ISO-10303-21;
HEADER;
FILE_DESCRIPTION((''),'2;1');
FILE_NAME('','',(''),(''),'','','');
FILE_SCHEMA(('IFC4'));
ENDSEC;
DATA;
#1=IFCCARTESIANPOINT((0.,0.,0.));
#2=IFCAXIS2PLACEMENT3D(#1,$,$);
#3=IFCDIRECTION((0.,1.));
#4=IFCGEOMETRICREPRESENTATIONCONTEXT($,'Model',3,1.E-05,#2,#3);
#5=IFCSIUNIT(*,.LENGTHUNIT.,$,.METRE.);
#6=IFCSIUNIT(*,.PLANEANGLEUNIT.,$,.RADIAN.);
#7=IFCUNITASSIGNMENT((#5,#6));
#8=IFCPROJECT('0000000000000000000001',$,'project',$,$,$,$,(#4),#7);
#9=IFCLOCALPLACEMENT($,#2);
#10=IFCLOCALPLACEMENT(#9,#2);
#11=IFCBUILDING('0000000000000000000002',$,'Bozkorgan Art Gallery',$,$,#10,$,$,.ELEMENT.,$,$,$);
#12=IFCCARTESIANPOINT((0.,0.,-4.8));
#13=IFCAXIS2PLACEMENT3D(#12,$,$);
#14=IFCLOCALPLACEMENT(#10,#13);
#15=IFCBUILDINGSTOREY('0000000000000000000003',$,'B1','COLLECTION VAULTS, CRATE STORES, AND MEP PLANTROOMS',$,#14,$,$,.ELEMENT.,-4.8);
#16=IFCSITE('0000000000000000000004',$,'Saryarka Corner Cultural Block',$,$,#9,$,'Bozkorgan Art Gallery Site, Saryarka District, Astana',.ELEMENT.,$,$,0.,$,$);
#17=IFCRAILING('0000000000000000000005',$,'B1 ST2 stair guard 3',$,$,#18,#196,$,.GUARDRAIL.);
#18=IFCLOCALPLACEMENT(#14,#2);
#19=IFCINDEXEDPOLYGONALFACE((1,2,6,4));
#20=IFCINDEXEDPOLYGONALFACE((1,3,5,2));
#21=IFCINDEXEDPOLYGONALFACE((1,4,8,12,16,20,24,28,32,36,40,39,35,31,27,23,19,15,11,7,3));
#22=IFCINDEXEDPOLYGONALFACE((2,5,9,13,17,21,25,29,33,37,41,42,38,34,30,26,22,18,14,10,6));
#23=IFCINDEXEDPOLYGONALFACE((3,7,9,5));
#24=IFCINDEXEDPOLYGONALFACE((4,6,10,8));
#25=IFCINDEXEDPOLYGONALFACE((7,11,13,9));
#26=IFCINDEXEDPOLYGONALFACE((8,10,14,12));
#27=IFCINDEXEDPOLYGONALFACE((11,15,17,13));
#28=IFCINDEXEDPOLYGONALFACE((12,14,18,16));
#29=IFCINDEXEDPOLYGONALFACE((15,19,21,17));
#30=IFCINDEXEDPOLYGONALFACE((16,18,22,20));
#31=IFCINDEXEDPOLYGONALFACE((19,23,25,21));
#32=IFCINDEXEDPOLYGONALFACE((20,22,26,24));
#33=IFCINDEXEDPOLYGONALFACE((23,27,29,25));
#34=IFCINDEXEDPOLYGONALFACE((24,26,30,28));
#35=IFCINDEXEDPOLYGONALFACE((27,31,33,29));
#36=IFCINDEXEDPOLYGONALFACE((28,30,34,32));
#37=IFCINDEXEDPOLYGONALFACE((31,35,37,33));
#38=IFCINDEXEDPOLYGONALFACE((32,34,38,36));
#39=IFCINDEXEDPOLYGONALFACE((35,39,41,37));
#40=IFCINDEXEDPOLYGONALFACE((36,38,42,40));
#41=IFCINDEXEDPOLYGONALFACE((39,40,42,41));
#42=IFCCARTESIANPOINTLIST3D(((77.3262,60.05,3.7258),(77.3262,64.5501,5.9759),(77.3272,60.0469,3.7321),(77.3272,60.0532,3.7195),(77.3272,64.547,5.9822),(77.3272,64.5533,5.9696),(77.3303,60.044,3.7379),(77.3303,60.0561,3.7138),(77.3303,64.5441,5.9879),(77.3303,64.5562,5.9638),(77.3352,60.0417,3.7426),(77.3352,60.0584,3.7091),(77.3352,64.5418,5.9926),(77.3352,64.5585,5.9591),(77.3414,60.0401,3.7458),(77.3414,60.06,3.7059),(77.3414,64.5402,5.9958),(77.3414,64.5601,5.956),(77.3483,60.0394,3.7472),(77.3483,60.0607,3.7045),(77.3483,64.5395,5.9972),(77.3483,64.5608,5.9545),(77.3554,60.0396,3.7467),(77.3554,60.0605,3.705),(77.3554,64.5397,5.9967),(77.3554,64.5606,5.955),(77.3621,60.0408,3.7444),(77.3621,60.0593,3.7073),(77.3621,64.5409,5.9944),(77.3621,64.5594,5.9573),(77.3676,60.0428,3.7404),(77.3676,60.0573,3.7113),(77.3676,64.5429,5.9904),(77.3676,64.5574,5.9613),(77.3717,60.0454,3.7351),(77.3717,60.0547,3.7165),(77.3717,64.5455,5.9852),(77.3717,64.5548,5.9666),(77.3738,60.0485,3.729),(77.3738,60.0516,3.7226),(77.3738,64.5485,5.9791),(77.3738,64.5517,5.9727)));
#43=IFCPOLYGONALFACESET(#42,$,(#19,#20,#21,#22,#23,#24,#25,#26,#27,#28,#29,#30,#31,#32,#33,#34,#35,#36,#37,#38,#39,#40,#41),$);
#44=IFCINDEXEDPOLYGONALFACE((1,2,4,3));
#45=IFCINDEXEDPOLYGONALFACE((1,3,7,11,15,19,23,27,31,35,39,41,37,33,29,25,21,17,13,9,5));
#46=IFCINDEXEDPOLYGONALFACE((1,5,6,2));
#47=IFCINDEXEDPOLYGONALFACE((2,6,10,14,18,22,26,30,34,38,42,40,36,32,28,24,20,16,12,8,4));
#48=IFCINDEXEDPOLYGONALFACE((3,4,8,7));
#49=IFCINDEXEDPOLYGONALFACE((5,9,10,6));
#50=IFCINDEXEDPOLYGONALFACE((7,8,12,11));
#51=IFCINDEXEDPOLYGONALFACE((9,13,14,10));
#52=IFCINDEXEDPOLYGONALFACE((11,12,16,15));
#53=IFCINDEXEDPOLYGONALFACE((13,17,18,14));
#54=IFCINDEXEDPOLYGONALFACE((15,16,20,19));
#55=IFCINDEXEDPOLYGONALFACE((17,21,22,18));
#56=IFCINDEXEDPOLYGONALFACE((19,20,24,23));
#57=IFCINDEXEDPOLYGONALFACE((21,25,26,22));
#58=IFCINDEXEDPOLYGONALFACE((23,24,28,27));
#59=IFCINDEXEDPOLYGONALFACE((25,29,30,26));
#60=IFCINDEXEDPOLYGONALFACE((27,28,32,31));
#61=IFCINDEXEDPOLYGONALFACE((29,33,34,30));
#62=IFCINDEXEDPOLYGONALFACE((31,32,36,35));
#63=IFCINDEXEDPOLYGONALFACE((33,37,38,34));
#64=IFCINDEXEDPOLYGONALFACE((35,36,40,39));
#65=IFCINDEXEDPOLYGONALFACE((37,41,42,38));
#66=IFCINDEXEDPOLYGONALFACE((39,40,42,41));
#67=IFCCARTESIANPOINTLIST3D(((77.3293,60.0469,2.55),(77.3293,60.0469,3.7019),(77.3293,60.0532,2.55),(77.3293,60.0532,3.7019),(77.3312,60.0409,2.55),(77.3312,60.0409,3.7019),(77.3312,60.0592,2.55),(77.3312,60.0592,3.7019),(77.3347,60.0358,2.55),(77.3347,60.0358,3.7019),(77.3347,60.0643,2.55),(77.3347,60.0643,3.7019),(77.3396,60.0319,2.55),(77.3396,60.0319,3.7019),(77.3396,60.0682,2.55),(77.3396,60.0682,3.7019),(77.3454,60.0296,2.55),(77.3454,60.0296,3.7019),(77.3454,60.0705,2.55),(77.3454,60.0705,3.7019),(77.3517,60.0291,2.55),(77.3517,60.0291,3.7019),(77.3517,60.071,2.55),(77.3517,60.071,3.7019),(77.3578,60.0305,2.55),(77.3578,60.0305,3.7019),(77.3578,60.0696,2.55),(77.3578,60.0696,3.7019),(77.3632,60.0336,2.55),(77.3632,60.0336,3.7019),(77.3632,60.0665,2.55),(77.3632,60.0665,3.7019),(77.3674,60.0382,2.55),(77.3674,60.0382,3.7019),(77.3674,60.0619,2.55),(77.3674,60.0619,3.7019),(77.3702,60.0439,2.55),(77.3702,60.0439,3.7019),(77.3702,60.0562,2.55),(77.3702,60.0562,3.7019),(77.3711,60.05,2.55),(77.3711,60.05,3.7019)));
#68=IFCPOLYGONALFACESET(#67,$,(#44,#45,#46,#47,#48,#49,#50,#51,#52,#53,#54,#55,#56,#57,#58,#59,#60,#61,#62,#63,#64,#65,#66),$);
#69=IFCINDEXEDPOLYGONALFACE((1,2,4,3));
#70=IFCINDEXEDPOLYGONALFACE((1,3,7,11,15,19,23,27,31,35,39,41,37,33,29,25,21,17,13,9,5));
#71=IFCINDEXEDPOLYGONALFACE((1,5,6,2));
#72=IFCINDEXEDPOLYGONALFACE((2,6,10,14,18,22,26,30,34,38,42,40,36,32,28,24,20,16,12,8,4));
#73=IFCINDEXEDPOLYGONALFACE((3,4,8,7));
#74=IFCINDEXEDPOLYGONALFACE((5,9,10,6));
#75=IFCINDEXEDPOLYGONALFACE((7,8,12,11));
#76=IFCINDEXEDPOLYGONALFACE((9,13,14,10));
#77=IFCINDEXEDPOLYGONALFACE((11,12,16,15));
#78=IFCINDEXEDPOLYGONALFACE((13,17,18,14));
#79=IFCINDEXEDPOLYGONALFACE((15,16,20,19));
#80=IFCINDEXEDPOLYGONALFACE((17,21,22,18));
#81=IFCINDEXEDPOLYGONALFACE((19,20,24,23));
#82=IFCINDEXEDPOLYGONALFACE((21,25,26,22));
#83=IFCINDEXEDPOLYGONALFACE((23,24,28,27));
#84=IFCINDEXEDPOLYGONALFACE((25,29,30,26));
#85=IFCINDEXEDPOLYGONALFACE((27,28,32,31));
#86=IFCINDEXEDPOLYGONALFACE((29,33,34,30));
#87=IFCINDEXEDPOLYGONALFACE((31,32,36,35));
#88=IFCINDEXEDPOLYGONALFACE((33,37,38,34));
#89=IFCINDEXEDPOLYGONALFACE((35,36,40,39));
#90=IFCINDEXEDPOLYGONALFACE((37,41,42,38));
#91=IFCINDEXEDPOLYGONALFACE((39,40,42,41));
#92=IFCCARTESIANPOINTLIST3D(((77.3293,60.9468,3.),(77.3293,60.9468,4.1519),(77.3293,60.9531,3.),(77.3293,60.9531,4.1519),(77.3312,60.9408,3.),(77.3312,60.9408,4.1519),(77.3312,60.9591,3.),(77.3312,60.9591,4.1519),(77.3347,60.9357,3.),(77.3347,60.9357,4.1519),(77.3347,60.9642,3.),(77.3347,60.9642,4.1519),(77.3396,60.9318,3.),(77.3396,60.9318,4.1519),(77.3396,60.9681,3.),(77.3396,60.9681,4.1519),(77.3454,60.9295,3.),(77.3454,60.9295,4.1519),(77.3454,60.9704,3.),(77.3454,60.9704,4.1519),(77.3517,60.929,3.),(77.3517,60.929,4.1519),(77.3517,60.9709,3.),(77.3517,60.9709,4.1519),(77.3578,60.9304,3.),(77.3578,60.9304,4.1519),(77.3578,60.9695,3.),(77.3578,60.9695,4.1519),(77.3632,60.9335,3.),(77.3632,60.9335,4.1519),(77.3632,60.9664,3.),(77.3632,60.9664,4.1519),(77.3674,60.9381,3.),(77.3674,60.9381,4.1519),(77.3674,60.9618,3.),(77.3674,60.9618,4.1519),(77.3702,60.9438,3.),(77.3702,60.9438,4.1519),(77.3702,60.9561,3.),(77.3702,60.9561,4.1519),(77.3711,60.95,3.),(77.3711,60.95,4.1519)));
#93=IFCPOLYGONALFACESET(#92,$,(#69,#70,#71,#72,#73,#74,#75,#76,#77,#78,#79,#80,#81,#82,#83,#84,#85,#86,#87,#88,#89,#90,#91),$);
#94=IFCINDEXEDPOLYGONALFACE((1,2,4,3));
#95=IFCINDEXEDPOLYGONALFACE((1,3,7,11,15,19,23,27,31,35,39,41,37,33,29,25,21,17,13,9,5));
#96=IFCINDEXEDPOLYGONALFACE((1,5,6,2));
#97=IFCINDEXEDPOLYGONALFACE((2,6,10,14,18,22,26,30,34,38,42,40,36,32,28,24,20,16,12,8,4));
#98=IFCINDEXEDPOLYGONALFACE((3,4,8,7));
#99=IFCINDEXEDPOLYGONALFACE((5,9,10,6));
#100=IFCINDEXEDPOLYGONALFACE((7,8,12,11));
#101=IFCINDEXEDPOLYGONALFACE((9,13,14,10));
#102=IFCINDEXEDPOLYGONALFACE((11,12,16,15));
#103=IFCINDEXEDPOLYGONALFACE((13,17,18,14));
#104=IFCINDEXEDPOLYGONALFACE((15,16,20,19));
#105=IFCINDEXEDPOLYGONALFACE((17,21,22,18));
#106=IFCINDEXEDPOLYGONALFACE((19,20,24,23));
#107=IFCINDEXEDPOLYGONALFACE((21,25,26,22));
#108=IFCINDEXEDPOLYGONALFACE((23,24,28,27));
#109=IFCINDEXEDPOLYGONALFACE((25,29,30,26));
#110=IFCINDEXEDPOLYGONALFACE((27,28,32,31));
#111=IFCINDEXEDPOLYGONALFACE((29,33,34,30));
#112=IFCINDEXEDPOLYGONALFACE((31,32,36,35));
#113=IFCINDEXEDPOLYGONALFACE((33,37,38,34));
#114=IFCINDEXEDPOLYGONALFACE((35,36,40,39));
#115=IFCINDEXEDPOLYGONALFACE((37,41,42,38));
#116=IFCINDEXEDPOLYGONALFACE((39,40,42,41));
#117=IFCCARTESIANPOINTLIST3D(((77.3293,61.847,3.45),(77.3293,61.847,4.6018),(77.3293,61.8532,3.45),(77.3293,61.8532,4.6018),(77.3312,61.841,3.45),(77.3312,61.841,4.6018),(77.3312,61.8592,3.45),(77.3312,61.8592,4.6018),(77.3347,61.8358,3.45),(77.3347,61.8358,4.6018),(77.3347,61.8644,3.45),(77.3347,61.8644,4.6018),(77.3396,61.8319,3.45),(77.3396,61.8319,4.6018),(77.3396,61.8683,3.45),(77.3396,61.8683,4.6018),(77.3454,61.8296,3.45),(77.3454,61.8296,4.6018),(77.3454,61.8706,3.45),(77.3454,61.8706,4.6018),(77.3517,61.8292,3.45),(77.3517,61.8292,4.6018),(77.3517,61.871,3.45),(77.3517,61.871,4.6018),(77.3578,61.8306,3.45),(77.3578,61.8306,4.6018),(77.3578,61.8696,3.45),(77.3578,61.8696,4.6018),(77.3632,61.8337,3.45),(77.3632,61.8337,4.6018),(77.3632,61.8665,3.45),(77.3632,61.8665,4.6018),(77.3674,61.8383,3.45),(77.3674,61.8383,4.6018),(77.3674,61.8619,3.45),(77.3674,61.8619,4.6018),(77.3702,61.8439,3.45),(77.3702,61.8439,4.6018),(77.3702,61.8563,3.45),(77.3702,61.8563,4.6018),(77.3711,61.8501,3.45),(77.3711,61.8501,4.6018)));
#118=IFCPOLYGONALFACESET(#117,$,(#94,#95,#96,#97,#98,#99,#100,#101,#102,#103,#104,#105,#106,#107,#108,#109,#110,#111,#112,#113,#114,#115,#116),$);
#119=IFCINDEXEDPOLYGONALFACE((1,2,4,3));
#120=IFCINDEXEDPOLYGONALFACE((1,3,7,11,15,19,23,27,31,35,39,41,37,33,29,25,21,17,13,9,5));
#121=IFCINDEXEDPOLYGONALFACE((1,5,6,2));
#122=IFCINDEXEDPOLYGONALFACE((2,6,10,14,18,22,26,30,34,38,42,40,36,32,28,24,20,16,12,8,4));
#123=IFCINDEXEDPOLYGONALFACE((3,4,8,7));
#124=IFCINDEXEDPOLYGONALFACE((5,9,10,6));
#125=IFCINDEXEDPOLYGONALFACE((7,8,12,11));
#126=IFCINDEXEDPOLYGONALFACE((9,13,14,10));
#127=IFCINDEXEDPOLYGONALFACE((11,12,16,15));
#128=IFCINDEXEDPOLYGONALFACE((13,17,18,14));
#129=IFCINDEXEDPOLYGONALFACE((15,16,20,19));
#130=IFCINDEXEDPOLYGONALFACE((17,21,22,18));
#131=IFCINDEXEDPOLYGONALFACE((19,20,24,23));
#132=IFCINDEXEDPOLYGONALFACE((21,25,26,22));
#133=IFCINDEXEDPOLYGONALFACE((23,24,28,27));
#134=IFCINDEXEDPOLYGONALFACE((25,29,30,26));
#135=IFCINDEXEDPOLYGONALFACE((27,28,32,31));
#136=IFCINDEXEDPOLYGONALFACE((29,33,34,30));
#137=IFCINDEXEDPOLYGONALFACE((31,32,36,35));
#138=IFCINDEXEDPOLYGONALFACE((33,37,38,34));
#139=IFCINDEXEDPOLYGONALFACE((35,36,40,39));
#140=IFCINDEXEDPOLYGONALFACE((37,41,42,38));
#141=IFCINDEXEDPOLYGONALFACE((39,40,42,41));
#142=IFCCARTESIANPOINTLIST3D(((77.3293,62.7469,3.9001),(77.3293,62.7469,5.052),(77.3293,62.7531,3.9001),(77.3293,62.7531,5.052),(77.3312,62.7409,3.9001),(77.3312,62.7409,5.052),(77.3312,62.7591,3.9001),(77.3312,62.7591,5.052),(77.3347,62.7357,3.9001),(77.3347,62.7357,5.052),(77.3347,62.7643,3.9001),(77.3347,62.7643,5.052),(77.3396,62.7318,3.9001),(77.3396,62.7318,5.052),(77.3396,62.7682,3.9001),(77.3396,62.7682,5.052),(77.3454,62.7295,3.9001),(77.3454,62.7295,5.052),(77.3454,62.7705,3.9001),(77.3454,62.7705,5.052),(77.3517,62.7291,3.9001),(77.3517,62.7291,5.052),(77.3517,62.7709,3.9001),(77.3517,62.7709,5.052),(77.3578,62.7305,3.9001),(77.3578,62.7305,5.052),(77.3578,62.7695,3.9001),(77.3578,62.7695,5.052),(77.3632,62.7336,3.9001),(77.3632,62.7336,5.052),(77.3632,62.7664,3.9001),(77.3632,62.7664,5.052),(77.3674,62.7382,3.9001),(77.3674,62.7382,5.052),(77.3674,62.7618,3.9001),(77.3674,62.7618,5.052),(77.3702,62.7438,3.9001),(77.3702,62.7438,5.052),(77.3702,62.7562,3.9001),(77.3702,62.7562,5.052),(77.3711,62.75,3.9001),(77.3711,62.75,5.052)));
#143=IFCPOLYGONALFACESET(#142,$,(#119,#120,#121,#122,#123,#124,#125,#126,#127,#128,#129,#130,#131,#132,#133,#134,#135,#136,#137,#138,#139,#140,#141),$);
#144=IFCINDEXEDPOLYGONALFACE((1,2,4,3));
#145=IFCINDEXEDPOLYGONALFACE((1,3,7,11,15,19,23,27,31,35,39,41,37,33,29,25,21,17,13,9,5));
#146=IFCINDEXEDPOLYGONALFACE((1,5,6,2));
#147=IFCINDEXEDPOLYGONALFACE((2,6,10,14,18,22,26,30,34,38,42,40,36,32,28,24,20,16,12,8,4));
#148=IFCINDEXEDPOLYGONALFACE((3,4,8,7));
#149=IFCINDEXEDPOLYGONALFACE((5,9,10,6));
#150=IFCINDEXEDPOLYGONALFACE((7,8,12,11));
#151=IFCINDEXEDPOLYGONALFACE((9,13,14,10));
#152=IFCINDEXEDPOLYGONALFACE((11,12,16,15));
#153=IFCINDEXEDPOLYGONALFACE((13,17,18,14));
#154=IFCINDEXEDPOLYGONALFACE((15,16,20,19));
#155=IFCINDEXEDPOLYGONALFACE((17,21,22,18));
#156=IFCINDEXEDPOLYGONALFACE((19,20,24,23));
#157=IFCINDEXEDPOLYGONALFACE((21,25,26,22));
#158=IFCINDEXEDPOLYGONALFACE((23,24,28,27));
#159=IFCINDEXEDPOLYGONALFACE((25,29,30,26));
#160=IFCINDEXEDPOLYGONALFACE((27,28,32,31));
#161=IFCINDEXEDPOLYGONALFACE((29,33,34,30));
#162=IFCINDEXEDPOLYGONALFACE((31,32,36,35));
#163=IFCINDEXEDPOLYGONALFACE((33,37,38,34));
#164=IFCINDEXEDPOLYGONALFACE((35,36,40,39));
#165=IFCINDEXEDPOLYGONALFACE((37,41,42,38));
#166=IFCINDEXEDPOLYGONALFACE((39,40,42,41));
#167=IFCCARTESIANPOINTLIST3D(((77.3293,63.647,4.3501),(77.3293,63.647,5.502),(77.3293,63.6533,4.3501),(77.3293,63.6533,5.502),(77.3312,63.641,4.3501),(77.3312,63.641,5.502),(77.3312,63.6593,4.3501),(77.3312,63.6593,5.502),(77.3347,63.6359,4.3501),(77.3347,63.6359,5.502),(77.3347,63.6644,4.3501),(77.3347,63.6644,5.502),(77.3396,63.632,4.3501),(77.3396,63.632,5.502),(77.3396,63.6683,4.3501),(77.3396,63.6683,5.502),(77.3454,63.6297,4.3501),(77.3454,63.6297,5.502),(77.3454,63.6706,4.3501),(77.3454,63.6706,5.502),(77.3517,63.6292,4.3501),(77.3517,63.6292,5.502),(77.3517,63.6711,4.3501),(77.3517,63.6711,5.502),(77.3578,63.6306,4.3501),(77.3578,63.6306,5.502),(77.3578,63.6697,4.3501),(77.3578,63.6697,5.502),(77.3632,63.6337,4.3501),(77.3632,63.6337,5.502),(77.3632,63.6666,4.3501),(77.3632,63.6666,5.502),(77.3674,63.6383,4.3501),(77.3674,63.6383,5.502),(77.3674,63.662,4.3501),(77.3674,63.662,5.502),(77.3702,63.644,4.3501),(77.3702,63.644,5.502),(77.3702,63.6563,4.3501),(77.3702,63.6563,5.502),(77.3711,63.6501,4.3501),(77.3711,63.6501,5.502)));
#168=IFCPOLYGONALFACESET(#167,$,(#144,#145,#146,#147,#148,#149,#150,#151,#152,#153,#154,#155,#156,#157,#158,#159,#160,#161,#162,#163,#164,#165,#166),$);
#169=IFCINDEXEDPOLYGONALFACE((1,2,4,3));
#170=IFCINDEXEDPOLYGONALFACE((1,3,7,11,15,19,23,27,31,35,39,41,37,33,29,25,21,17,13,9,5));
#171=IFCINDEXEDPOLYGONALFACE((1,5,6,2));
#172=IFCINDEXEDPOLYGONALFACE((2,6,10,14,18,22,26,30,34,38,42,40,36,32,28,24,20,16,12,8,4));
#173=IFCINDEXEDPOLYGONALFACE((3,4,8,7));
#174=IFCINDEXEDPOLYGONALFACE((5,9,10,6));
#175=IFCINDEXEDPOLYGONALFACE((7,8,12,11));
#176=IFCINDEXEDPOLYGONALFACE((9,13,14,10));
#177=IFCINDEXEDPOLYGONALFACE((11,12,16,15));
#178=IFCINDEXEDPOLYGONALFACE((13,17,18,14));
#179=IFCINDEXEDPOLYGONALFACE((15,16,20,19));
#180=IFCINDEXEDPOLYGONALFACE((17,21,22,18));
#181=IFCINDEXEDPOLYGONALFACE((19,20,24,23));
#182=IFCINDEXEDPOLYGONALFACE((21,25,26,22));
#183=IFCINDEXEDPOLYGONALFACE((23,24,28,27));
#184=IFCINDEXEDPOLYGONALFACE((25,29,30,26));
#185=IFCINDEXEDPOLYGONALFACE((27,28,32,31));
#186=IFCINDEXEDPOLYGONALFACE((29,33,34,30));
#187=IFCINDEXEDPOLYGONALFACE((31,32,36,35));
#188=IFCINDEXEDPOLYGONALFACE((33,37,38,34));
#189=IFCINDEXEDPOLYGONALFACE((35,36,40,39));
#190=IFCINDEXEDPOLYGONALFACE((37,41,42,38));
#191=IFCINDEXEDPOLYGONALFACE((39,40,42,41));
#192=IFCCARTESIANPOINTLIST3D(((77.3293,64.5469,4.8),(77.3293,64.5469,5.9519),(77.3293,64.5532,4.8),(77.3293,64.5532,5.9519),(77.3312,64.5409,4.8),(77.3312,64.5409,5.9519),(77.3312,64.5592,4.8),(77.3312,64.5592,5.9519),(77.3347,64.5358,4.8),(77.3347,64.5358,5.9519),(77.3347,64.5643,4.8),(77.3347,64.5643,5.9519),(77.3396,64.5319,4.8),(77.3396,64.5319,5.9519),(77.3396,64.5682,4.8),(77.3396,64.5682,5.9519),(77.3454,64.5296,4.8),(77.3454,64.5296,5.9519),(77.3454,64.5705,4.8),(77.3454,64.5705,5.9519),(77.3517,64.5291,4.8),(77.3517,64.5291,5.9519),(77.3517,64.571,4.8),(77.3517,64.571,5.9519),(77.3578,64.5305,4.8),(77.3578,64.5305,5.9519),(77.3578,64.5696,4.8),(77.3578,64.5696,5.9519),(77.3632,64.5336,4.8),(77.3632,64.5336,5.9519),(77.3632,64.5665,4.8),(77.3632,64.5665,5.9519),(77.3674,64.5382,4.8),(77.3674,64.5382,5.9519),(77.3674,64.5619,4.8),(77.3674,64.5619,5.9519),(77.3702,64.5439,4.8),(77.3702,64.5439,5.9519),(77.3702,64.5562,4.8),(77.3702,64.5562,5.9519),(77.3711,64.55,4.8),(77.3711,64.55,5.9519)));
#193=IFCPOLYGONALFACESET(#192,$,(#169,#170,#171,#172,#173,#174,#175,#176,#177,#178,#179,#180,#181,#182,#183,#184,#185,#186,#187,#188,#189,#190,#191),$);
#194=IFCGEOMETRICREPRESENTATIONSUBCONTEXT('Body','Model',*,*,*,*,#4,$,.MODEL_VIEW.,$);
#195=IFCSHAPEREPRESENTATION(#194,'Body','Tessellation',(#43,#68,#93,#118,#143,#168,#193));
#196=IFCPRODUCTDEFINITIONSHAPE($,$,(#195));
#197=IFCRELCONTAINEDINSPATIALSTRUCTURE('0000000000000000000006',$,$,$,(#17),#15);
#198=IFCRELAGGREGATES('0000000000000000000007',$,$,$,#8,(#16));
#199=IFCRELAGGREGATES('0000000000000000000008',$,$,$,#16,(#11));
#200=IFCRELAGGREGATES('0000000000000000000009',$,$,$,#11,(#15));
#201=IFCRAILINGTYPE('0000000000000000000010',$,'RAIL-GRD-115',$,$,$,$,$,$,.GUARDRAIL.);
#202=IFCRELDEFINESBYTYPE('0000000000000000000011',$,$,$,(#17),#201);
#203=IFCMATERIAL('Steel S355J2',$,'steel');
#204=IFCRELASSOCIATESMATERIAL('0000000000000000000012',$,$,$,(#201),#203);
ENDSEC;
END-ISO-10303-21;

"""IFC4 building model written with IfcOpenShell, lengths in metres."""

from ifc_helpers import new_model, si_unit, direction, frame, origin, origin_2d, place, context, subcontext, project, spatial, circle, extrude, material, type_object, element, save


model = new_model("IFC4")

# Units and contexts
model_context = context("Model", 3, precision=1e-05, world=origin(), true_north=direction((0.0, 1.0)))
body_context = subcontext(model_context, "Body", "Model", "MODEL_VIEW")
ifc_project = project(units=[si_unit("LENGTHUNIT", "METRE"), si_unit("PLANEANGLEUNIT", "RADIAN")], contexts=[model_context])

# Site, building, storey
site_placement = place(None, origin())
site = spatial("IfcSite", under=ifc_project, at=site_placement, Name="Saryarka Corner Cultural Block", LongName="Bozkorgan Art Gallery Site, Saryarka District, Astana", CompositionType="ELEMENT", RefElevation=0.0)
building_placement = place(site_placement, origin())
building = spatial("IfcBuilding", under=site, at=building_placement, Name="Bozkorgan Art Gallery", CompositionType="ELEMENT")
storey_placement = place(building_placement, frame((0.0, 0.0, -4.8)))
storey = spatial("IfcBuildingStorey", under=building, at=storey_placement, Name="B1", Description="COLLECTION VAULTS, CRATE STORES, AND MEP PLANTROOMS", CompositionType="ELEMENT", Elevation=-4.8)

# Shared definitions
ifc_material_1 = material(Name="Steel S355J2", Category="steel")

# Railing
railing_type_1 = type_object("IfcRailingType", Name="RAIL-GRD-115", PredefinedType="GUARDRAIL", material=ifc_material_1)
railing_1_placement = place(storey_placement, frame((77.3501, 60.05, 2.55)))
element("IfcRailing", 1, at=railing_1_placement, inside=storey, type_object=railing_type_1, Name="B1 ST2 stair guard 3", PredefinedType="GUARDRAIL", context=body_context, shape_type="SweptSolid", body=[
    extrude(circle(Radius=0.0239, at=origin_2d()), frame((0.0, 0.0, 1.1758), z_axis=(0.0, 0.894427, 0.447214), x_axis=(-1.0, 0.0, 0.0)), (0.0, 0.0, 1.0), 5.0312),
    extrude(circle(Radius=0.021, at=origin_2d()), origin(), (0.0, 0.0, 1.0), 1.1519),
    extrude(circle(Radius=0.021, at=origin_2d()), frame((0.0, 0.8999, 0.45)), (0.0, 0.0, 1.0), 1.1519),
    extrude(circle(Radius=0.021, at=origin_2d()), frame((0.0, 1.8, 0.8999)), (0.0, 0.0, 1.0), 1.1519),
    extrude(circle(Radius=0.021, at=origin_2d()), frame((0.0, 2.7, 1.3501)), (0.0, 0.0, 1.0), 1.1519),
    extrude(circle(Radius=0.021, at=origin_2d()), frame((0.0, 3.6001, 1.8)), (0.0, 0.0, 1.0), 1.1519),
    extrude(circle(Radius=0.021, at=origin_2d()), frame((0.0, 4.5, 2.25)), (0.0, 0.0, 1.0), 1.1519),
])

save(model, "model.ifc")
